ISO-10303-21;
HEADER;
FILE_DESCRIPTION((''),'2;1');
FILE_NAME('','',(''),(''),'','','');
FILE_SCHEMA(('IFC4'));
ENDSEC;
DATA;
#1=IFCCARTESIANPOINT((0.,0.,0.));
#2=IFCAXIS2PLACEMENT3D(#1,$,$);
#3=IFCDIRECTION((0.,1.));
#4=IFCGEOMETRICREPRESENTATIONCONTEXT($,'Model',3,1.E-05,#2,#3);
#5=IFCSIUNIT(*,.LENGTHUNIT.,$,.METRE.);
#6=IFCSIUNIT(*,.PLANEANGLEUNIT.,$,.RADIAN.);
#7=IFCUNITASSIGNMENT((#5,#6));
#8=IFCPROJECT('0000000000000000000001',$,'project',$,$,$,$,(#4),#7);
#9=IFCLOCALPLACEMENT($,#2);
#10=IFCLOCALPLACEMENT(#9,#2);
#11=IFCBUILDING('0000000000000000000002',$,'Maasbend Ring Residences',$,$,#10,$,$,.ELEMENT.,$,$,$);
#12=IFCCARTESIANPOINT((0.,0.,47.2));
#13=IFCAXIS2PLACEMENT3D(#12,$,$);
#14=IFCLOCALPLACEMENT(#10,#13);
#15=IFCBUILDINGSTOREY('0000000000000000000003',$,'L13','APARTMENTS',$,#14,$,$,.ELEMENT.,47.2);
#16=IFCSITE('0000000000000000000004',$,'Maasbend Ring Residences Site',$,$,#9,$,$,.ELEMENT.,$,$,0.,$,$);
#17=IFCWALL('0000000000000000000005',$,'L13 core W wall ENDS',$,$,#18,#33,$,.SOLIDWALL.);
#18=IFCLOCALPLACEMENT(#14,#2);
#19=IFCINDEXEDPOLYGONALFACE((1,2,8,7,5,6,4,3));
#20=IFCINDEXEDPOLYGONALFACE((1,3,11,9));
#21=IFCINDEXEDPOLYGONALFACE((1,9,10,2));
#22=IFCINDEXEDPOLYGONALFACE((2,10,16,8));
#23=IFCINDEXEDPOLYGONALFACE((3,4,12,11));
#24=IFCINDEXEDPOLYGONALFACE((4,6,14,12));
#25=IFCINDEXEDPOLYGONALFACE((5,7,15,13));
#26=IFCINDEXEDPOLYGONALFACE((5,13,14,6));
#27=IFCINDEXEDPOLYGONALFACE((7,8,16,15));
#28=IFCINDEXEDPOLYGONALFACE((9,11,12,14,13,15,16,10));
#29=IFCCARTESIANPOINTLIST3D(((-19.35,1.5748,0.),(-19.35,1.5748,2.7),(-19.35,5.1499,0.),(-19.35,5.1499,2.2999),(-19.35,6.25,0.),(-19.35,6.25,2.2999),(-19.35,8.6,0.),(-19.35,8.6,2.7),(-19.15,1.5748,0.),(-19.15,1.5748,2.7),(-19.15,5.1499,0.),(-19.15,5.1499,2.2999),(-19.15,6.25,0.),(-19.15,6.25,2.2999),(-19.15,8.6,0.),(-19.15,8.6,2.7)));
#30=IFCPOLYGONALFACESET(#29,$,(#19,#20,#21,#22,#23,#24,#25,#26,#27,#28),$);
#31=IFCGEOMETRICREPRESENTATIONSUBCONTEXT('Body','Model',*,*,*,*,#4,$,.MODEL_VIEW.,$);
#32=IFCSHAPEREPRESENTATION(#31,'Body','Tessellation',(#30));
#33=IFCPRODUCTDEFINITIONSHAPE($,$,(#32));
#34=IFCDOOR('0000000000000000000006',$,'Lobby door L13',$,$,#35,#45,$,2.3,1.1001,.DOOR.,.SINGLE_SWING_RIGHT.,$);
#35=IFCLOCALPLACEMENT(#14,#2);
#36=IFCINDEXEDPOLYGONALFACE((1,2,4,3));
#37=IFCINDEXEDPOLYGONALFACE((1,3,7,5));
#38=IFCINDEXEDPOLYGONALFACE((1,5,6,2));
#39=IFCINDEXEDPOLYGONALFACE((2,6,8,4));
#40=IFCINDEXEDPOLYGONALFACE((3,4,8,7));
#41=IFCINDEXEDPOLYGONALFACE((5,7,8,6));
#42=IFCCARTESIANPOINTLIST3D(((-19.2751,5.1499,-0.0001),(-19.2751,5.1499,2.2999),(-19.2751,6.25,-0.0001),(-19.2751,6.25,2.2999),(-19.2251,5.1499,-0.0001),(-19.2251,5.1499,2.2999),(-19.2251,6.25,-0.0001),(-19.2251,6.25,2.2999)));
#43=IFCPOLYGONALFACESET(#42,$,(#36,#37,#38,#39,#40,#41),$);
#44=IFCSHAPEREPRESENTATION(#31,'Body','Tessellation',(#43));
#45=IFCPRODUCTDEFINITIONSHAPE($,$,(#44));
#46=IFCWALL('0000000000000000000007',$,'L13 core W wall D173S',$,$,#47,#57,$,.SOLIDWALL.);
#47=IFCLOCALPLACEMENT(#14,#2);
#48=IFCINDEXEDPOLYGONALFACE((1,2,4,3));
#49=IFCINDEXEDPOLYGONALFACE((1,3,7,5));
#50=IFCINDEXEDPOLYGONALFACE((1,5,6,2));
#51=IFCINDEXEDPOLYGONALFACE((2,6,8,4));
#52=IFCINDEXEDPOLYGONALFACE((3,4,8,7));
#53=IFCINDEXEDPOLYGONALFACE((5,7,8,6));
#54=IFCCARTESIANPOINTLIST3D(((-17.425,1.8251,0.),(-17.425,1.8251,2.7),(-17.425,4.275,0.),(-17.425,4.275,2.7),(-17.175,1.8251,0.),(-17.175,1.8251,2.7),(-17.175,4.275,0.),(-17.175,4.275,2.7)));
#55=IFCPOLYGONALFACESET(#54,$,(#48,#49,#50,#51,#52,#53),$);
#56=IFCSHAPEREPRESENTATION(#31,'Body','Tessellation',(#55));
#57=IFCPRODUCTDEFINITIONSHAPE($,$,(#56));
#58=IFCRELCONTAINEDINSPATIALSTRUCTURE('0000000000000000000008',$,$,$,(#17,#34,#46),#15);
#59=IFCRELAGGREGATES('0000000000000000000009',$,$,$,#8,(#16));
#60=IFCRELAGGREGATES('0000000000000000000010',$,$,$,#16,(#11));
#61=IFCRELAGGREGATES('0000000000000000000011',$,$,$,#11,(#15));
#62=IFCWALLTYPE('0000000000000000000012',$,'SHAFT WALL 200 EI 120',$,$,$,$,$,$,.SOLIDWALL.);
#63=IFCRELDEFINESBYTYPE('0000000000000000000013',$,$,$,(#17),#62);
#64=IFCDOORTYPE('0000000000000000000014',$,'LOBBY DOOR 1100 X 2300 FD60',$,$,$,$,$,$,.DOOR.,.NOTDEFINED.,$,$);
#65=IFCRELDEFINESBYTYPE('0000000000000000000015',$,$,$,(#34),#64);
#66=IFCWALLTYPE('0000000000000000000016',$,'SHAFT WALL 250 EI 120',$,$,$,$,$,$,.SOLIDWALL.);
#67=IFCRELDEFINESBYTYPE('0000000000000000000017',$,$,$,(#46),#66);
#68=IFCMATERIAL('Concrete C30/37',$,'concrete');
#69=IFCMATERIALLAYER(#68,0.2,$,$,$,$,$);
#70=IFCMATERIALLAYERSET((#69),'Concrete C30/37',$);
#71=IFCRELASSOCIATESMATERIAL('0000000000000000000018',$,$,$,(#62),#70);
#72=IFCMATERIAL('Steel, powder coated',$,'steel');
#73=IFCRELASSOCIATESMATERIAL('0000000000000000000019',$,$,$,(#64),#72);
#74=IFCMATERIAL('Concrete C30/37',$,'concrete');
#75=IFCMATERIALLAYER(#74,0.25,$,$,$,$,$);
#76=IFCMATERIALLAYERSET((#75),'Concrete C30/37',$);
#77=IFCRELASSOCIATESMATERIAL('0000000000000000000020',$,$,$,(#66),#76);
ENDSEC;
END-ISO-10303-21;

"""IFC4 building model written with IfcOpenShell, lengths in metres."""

from ifc_helpers import new_model, si_unit, direction, frame, frame_2d, origin, place, context, subcontext, project, spatial, rectangle, extrude, material, layer, layer_set, type_object, element, fill, save


model = new_model("IFC4")

# Units and contexts
model_context = context("Model", 3, precision=1e-05, world=origin(), true_north=direction((0.0, 1.0)))
body_context = subcontext(model_context, "Body", "Model", "MODEL_VIEW")
ifc_project = project(units=[si_unit("LENGTHUNIT", "METRE"), si_unit("PLANEANGLEUNIT", "RADIAN")], contexts=[model_context])

# Site, building, storey
site_placement = place(None, origin())
site = spatial("IfcSite", under=ifc_project, at=site_placement, Name="Maasbend Ring Residences Site", CompositionType="ELEMENT", RefElevation=0.0)
building_placement = place(site_placement, origin())
building = spatial("IfcBuilding", under=site, at=building_placement, Name="Maasbend Ring Residences", CompositionType="ELEMENT")
storey_placement = place(building_placement, frame((0.0, 0.0, 47.2)))
storey = spatial("IfcBuildingStorey", under=building, at=storey_placement, Name="L13", Description="APARTMENTS", CompositionType="ELEMENT", Elevation=47.2)

# Wall, opening, door
ifc_material_1 = material(Name="Concrete C30/37", Category="concrete")
ifc_layer_1 = layer(ifc_material_1, 0.2)
ifc_layer_set_1 = layer_set([ifc_layer_1], Name="Concrete C30/37")
wall_type_1 = type_object("IfcWallType", Name="SHAFT WALL 200 EI 120", PredefinedType="SOLIDWALL", material=ifc_layer_set_1)
wall_1_placement = place(storey_placement, frame((-19.25, 8.6001, 0.0), z_axis=(0.0, 0.0, 1.0), x_axis=(0.0, -1.0, 0.0)))
wall_1 = element("IfcWall", 1, at=wall_1_placement, inside=storey, type_object=wall_type_1, Name="L13 core W wall ENDS", PredefinedType="SOLIDWALL", context=body_context, shape_type="SweptSolid", body=[
    extrude(rectangle(XDim=7.0251, YDim=0.2, at=frame_2d((3.5127, 0.0))), origin(), (0.0, 0.0, 1.0), 2.7),
])
opening_1_placement = place(wall_1_placement, frame((2.3501, 0.0, 0.0)))
opening_1 = element("IfcOpeningElement", 2, at=opening_1_placement, cuts=wall_1, PredefinedType="OPENING", context=body_context, shape_type="SweptSolid", body=[
    extrude(rectangle(XDim=1.1001, YDim=2.3, at=frame_2d((0.55, 1.1499))), frame((0.0, 0.1099, 0.0), z_axis=(0.0, -1.0, 0.0), x_axis=(1.0, 0.0, 0.0)), (0.0, 0.0, 1.0), 0.22),
])
ifc_material_2 = material(Name="Steel, powder coated", Category="steel")
door_type_1 = type_object("IfcDoorType", Name="LOBBY DOOR 1100 X 2300 FD60", OperationType="NOTDEFINED", PredefinedType="DOOR", material=ifc_material_2)
door_1_placement = place(opening_1_placement, origin())
door_1 = element("IfcDoor", 3, at=door_1_placement, inside=storey, type_object=door_type_1, Name="Lobby door L13", OperationType="SINGLE_SWING_RIGHT", OverallHeight=2.3, OverallWidth=1.1001, PredefinedType="DOOR", context=body_context, shape_type="SweptSolid", body=[
    extrude(rectangle(XDim=1.1001, YDim=2.3, at=frame_2d((0.55, 1.1499))), frame((0.0, 0.0249, 0.0), z_axis=(0.0, -1.0, 0.0), x_axis=(1.0, 0.0, 0.0)), (0.0, 0.0, 1.0), 0.05),
])
fill(opening_1, door_1)

# Wall
ifc_material_3 = material(Name="Concrete C30/37", Category="concrete")
ifc_layer_2 = layer(ifc_material_3, 0.25)
ifc_layer_set_2 = layer_set([ifc_layer_2], Name="Concrete C30/37")
wall_type_2 = type_object("IfcWallType", Name="SHAFT WALL 250 EI 120", PredefinedType="SOLIDWALL", material=ifc_layer_set_2)
wall_2_placement = place(storey_placement, frame((-17.3, 1.825, 0.0), z_axis=(0.0, 0.0, 1.0), x_axis=(0.0, 1.0, 0.0)))
element("IfcWall", 4, at=wall_2_placement, inside=storey, type_object=wall_type_2, Name="L13 core W wall D173S", PredefinedType="SOLIDWALL", context=body_context, shape_type="SweptSolid", body=[
    extrude(rectangle(XDim=2.45, YDim=0.25, at=frame_2d((1.2251, 0.0))), origin(), (0.0, 0.0, 1.0), 2.7),
])

save(model, "model.ifc")
